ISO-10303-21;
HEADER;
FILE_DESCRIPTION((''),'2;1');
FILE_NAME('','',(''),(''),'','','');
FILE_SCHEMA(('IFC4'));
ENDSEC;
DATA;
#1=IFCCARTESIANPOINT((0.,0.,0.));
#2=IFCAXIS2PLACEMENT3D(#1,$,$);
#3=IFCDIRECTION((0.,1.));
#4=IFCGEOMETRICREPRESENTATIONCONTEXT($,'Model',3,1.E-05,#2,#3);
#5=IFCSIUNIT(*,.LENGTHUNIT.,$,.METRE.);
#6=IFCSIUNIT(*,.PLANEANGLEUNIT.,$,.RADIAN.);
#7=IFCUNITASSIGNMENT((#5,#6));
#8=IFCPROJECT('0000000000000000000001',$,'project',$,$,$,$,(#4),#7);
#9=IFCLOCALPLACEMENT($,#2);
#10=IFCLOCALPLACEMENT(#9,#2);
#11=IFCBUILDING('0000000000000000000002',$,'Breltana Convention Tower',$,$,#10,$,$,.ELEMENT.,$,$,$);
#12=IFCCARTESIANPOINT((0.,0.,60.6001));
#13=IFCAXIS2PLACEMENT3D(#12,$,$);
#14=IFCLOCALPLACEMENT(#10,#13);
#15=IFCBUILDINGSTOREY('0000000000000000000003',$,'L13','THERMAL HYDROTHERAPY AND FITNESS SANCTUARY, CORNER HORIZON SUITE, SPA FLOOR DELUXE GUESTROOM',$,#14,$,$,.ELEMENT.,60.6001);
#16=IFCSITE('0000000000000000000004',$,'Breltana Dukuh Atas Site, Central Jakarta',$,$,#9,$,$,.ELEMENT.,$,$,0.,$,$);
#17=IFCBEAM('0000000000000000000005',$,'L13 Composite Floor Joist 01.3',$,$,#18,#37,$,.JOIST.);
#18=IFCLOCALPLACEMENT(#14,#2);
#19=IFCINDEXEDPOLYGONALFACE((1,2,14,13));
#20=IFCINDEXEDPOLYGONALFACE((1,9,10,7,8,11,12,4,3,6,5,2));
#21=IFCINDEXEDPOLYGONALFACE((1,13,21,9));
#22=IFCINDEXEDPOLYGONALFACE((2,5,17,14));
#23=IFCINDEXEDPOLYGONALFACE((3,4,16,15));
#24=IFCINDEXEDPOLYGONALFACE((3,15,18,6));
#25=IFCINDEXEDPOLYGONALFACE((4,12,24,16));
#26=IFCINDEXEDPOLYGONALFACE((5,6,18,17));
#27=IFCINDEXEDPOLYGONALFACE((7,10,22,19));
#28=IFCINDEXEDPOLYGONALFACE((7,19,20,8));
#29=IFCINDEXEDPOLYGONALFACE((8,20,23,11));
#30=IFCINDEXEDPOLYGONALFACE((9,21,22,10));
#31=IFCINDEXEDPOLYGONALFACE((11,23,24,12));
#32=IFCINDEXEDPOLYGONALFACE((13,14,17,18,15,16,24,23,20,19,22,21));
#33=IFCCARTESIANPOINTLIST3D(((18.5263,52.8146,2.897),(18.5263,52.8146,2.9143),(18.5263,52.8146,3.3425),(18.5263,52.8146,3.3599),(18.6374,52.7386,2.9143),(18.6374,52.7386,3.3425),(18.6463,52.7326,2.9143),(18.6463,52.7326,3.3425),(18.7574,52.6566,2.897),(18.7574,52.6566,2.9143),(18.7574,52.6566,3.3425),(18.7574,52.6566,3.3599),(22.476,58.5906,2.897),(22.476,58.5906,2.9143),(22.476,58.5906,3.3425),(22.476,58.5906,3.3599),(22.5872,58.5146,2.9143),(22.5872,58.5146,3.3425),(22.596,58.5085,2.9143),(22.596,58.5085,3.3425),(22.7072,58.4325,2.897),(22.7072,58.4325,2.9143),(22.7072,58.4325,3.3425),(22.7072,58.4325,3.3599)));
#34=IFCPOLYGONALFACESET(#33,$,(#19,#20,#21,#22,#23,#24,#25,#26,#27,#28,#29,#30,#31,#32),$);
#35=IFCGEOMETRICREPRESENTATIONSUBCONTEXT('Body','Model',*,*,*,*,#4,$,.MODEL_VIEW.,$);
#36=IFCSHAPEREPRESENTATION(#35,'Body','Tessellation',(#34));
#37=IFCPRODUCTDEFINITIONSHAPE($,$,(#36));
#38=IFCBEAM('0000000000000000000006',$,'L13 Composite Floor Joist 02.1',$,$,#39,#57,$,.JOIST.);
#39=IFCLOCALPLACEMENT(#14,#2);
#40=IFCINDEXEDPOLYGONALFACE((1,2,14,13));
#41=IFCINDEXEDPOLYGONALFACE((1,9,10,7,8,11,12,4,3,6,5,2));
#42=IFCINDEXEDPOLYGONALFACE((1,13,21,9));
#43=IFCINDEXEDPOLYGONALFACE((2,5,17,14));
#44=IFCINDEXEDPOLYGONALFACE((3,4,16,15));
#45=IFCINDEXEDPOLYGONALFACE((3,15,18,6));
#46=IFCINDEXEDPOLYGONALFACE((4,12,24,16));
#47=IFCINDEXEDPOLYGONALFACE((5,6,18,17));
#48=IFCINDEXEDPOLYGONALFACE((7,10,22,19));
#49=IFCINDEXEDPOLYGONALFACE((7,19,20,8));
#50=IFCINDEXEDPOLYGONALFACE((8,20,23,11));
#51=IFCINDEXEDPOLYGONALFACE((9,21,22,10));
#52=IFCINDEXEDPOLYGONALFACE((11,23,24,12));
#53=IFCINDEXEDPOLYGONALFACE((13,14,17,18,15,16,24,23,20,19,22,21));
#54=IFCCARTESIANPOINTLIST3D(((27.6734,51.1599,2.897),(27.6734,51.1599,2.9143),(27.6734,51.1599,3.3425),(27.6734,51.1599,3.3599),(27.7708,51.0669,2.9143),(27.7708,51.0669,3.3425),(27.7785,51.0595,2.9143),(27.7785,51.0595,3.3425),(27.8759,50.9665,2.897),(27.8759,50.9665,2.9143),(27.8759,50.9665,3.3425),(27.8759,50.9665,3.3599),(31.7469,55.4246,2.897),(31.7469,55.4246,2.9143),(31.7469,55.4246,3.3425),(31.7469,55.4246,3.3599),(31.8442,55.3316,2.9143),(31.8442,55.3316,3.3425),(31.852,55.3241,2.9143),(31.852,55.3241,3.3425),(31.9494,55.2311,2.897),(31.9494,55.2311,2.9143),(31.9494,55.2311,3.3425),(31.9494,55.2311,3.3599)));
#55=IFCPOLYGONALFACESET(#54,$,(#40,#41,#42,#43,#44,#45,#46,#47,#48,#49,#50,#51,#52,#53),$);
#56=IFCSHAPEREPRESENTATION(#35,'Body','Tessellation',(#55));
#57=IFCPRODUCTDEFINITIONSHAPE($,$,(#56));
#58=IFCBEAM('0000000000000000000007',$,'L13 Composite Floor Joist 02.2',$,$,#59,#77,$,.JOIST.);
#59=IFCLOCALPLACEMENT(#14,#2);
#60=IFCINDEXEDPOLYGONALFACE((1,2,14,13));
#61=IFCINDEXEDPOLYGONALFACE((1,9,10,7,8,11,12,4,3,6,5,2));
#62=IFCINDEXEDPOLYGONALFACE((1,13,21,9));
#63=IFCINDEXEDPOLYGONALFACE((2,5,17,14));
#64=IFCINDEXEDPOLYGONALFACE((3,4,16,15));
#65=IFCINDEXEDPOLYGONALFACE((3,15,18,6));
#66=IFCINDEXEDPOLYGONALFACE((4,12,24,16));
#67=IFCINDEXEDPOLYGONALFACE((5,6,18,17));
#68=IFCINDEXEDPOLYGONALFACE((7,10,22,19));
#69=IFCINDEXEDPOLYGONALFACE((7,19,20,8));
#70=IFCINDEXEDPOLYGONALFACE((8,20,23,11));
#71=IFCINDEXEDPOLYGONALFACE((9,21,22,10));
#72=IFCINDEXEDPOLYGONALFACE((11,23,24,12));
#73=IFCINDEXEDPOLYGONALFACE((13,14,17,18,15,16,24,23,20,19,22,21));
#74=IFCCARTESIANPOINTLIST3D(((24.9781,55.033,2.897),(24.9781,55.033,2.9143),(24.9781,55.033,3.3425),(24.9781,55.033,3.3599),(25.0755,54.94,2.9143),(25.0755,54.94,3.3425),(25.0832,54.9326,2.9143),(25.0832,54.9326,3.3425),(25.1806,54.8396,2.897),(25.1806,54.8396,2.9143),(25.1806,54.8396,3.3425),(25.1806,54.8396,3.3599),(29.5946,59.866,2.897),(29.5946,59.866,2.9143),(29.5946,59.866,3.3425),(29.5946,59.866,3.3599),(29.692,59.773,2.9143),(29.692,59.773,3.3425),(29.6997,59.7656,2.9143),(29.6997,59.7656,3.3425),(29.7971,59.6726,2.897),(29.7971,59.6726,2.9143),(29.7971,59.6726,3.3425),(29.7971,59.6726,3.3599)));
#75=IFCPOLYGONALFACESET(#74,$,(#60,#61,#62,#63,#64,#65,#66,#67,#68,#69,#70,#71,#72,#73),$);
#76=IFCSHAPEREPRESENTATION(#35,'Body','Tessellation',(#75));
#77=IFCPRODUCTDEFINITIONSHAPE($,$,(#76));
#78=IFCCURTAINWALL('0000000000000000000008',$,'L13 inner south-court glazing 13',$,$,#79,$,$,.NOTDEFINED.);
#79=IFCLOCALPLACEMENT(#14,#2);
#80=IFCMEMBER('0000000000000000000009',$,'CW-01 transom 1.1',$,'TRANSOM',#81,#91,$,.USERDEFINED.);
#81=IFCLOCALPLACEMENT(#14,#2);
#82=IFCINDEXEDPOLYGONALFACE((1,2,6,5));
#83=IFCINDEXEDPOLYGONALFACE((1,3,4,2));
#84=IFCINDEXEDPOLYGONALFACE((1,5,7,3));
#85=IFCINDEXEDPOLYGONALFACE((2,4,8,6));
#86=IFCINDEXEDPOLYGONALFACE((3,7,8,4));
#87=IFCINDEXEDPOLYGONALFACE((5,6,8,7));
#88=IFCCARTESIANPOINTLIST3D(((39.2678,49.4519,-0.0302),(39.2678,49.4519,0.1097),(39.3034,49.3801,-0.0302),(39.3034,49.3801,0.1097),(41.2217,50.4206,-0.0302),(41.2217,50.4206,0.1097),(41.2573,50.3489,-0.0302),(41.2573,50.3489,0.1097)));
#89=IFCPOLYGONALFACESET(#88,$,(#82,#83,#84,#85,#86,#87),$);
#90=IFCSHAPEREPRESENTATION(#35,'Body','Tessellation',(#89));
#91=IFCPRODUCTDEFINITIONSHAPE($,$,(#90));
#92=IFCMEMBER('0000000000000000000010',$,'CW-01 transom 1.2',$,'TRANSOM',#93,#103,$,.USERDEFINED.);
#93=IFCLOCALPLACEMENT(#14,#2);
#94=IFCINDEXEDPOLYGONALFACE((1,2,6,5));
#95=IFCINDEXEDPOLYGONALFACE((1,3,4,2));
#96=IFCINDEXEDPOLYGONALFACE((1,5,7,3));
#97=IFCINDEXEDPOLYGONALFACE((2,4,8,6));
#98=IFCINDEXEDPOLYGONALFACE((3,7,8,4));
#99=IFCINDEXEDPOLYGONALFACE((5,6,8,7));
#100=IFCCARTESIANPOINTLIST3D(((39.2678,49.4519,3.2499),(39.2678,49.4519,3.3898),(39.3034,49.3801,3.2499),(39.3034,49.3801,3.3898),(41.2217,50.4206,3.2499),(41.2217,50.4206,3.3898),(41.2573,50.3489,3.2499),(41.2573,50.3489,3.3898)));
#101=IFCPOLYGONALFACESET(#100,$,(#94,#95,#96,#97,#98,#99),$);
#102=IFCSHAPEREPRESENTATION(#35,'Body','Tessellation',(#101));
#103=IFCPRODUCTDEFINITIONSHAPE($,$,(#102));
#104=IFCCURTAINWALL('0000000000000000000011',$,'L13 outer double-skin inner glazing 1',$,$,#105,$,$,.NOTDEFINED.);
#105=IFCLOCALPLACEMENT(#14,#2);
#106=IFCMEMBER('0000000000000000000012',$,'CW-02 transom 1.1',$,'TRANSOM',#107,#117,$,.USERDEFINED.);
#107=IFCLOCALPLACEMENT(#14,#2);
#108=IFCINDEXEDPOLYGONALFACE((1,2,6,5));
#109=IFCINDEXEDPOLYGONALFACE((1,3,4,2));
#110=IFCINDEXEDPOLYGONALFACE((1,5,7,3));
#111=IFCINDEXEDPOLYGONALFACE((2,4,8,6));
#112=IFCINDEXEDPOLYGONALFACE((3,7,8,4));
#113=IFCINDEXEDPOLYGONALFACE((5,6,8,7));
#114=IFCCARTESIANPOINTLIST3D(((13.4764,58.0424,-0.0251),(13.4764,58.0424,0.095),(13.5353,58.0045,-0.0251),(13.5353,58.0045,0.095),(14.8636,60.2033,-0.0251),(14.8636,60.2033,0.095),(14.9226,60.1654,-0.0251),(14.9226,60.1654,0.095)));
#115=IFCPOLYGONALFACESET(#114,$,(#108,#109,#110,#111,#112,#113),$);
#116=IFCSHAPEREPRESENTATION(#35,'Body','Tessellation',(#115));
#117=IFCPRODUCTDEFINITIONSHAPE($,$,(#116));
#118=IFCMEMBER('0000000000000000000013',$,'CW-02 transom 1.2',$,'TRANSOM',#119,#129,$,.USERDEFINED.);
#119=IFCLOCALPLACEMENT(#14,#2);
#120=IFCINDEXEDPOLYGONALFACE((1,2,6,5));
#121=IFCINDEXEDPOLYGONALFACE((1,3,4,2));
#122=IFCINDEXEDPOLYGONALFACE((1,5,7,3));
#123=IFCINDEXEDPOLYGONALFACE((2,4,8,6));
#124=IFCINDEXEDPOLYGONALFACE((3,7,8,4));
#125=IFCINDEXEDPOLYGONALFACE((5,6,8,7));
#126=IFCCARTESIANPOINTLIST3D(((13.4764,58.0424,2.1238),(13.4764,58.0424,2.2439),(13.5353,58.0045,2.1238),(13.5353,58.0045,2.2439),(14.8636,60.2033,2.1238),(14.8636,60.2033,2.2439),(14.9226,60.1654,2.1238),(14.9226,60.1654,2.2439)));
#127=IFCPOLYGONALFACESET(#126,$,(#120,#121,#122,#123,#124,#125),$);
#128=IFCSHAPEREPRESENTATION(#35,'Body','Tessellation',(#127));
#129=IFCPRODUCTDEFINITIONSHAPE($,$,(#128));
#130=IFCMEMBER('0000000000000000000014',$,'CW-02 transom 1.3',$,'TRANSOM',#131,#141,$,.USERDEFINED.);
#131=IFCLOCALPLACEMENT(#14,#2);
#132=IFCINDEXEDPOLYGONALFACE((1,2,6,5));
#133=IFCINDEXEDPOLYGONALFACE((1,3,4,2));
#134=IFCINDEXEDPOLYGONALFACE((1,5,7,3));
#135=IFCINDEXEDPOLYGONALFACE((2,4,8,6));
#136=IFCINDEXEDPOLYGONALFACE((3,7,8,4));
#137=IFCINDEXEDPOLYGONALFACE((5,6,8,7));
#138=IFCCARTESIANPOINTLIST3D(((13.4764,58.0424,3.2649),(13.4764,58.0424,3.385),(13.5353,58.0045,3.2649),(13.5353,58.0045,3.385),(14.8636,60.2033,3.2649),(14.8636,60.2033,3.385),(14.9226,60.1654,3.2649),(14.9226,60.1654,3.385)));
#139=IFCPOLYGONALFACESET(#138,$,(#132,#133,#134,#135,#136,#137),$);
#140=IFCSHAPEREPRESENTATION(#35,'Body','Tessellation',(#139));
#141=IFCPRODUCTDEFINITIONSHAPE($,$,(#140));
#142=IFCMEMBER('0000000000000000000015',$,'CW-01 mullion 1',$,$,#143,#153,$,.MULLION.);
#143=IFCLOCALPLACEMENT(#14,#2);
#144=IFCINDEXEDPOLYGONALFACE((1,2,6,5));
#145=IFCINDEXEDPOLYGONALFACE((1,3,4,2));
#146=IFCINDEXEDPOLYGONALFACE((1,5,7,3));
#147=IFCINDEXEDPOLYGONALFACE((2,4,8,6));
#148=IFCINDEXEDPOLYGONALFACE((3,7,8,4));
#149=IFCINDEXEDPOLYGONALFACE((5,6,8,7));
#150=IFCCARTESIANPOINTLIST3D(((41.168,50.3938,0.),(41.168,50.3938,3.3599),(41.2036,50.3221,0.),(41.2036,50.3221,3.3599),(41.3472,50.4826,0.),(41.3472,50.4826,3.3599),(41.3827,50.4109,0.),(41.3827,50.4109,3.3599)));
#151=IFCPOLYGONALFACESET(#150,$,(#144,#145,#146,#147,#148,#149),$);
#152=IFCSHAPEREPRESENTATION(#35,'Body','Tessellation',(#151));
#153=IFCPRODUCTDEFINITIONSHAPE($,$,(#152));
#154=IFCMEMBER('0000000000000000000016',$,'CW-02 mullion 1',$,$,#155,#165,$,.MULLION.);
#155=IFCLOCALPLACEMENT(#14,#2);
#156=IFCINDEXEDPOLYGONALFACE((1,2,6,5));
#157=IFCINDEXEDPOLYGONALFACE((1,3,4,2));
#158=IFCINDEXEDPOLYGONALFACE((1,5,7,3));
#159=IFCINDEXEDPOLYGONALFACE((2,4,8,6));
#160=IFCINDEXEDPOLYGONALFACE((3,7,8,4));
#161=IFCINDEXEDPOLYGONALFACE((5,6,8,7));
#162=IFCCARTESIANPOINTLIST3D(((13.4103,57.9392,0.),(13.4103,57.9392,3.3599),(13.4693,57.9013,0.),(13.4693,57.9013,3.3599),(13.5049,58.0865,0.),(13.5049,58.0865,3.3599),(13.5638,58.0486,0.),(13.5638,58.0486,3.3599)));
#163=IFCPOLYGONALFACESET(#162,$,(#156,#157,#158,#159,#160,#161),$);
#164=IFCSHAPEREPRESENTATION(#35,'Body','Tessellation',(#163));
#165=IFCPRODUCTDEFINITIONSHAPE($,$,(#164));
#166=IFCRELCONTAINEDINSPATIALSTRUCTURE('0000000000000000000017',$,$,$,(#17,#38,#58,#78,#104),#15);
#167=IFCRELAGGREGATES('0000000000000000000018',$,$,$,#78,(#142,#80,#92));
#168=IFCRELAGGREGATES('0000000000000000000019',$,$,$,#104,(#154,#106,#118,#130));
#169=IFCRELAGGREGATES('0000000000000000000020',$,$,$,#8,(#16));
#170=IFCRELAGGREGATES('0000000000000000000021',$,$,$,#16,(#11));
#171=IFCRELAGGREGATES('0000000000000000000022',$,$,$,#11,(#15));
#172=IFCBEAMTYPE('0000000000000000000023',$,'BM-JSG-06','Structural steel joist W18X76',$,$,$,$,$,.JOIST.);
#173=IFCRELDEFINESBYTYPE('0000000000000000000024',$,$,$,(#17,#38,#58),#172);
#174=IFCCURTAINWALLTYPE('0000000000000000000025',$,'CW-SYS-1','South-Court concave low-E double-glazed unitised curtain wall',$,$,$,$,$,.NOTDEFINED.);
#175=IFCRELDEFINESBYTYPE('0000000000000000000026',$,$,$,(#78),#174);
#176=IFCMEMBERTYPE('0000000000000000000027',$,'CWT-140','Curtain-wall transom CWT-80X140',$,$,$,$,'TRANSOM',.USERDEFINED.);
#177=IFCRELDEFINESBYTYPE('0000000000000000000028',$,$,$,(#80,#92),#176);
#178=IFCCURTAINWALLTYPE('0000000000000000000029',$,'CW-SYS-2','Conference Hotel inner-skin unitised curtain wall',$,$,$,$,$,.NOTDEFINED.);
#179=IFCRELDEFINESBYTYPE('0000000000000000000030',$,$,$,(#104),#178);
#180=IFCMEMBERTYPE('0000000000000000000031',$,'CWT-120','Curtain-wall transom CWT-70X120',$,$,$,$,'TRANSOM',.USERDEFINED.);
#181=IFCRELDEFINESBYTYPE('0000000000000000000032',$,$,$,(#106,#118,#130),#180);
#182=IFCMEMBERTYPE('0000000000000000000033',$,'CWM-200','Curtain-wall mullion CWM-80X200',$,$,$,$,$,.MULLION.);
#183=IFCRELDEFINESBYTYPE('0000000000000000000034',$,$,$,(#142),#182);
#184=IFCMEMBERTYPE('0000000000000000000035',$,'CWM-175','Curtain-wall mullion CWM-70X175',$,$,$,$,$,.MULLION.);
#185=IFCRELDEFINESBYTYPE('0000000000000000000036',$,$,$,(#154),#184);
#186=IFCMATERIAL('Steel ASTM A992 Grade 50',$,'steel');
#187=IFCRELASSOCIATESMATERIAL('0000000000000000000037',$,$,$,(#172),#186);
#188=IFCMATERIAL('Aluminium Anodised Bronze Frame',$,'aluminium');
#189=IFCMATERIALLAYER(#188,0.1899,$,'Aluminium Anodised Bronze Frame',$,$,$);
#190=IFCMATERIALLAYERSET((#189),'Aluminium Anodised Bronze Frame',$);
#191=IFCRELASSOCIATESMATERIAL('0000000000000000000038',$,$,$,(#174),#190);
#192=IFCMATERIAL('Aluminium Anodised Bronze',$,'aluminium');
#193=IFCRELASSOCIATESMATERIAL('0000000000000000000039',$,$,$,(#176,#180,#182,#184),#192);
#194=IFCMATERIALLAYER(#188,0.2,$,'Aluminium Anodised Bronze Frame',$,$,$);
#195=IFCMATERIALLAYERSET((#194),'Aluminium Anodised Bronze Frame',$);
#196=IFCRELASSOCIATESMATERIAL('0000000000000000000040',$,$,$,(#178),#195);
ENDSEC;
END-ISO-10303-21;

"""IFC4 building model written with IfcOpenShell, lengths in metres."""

from ifc_helpers import new_model, si_unit, direction, frame, origin, origin_2d, place, context, subcontext, project, spatial, rectangle, i_section, extrude, source, transform, mapped, material, layer, layer_set, material_profile, profile_set, type_object, type_shapes, element, aggregate, save


model = new_model("IFC4")

# Units and contexts
model_context = context("Model", 3, precision=1e-05, world=origin(), true_north=direction((0.0, 1.0)))
body_context = subcontext(model_context, "Body", "Model", "MODEL_VIEW")
ifc_project = project(units=[si_unit("LENGTHUNIT", "METRE"), si_unit("PLANEANGLEUNIT", "RADIAN")], contexts=[model_context])

# Site, building, storey
site_placement = place(None, origin())
site = spatial("IfcSite", under=ifc_project, at=site_placement, Name="Breltana Dukuh Atas Site, Central Jakarta", CompositionType="ELEMENT", RefElevation=0.0)
building_placement = place(site_placement, origin())
building = spatial("IfcBuilding", under=site, at=building_placement, Name="Breltana Convention Tower", CompositionType="ELEMENT")
storey_placement = place(building_placement, frame((0.0, 0.0, 60.6001)))
storey = spatial("IfcBuildingStorey", under=building, at=storey_placement, Name="L13", Description="THERMAL HYDROTHERAPY AND FITNESS SANCTUARY, CORNER HORIZON SUITE, SPA FLOOR DELUXE GUESTROOM", CompositionType="ELEMENT", Elevation=60.6001)

# Beams
ifc_material_1 = material(Name="Steel ASTM A992 Grade 50", Category="steel")
ifc_material_profile_1 = material_profile(ifc_material_1, i_section(OverallWidth=0.28, OverallDepth=0.4629, WebThickness=0.0107, FlangeThickness=0.0173, at=origin_2d()), Name="W18X76")
ifc_profile_set_1 = profile_set([ifc_material_profile_1], Name="Steel ASTM A992 Grade 50")
beam_type_1 = type_object("IfcBeamType", Name="BM-JSG-06", Description="Structural steel joist W18X76", PredefinedType="JOIST", material=ifc_profile_set_1)
shared_shape_1 = source(origin(), body_context, "Body", "SweptSolid", [
    extrude(i_section(OverallWidth=0.28, OverallDepth=0.4629, WebThickness=0.0107, FlangeThickness=0.0173, at=origin_2d()), origin(), (0.0, 0.0, 1.0), 6.9973),
])
beam_1_placement = place(storey_placement, frame((18.6418, 52.7356, 3.1284), z_axis=(0.564469, 0.825454, 0.0), x_axis=(-0.825454, 0.564469, 0.0)))
element("IfcBeam", 1, at=beam_1_placement, inside=storey, type_object=beam_type_1, Name="L13 Composite Floor Joist 01.3", PredefinedType="JOIST", context=body_context, shape_type="MappedRepresentation", body=[
    mapped(shared_shape_1, transform((0.0, 0.0, 0.0), scale=1.0)),
])
shared_shape_2 = source(origin(), body_context, "Body", "SweptSolid", [
    extrude(i_section(OverallWidth=0.28, OverallDepth=0.4629, WebThickness=0.0107, FlangeThickness=0.0173, at=origin_2d()), origin(), (0.0, 0.0, 1.0), 5.8975),
])
beam_2_placement = place(storey_placement, frame((27.7747, 51.0632, 3.1284), z_axis=(0.690714, 0.723128, 0.0), x_axis=(-0.723128, 0.690714, 0.0)))
element("IfcBeam", 2, at=beam_2_placement, inside=storey, type_object=beam_type_1, Name="L13 Composite Floor Joist 02.1", PredefinedType="JOIST", context=body_context, shape_type="MappedRepresentation", body=[
    mapped(shared_shape_2, transform((0.0, 0.0, 0.0), scale=1.0)),
])
shared_shape_3 = source(origin(), body_context, "Body", "SweptSolid", [
    extrude(i_section(OverallWidth=0.28, OverallDepth=0.4629, WebThickness=0.0107, FlangeThickness=0.0173, at=origin_2d()), origin(), (0.0, 0.0, 1.0), 6.6836),
])
beam_3_placement = place(storey_placement, frame((25.0793, 54.9363, 3.1284), z_axis=(0.690721, 0.723122, 0.0), x_axis=(-0.723122, 0.690721, 0.0)))
element("IfcBeam", 3, at=beam_3_placement, inside=storey, type_object=beam_type_1, Name="L13 Composite Floor Joist 02.2", PredefinedType="JOIST", context=body_context, shape_type="MappedRepresentation", body=[
    mapped(shared_shape_3, transform((0.0, 0.0, 0.0), scale=1.0)),
])

# Curtain walls, members
ifc_material_2 = material(Name="Aluminium Anodised Bronze Frame", Category="aluminium")
ifc_layer_1 = layer(ifc_material_2, 0.1899, Name="Aluminium Anodised Bronze Frame")
ifc_layer_set_1 = layer_set([ifc_layer_1], Name="Aluminium Anodised Bronze Frame")
curtain_wall_type_1 = type_object("IfcCurtainWallType", Name="CW-SYS-1", Description="South-Court concave low-E double-glazed unitised curtain wall", PredefinedType="NOTDEFINED", material=ifc_layer_set_1)
curtain_wall_1_placement = place(storey_placement, origin())
curtain_wall_1 = element("IfcCurtainWall", 4, at=curtain_wall_1_placement, inside=storey, type_object=curtain_wall_type_1, Name="L13 inner south-court glazing 13", PredefinedType="NOTDEFINED")
ifc_material_3 = material(Name="Aluminium Anodised Bronze", Category="aluminium")
ifc_material_profile_2 = material_profile(ifc_material_3, rectangle(XDim=0.0801, YDim=0.1399, at=origin_2d()), Name="CWT-80X140")
ifc_profile_set_2 = profile_set([ifc_material_profile_2], Name="Aluminium Anodised Bronze")
member_type_1 = type_object("IfcMemberType", Name="CWT-140", Description="Curtain-wall transom CWT-80X140", ElementType="TRANSOM", PredefinedType="USERDEFINED", material=ifc_profile_set_2)
shared_shape_4 = source(origin(), body_context, "Body", "SweptSolid", [
    extrude(rectangle(XDim=0.0801, YDim=0.1399, at=origin_2d()), origin(), (0.0, 0.0, 1.0), 2.1809),
])
member_1_placement = place(storey_placement, frame((41.2395, 50.3848, 0.0398), z_axis=(-0.895922, -0.444211, 0.0), x_axis=(0.444211, -0.895922, 0.0)))
member_1 = element("IfcMember", 5, at=member_1_placement, type_object=member_type_1, Name="CW-01 transom 1.1", ObjectType="TRANSOM", PredefinedType="USERDEFINED", context=body_context, shape_type="MappedRepresentation", body=[
    mapped(shared_shape_4, transform((0.0, 0.0, 0.0), scale=1.0)),
])
member_2_placement = place(storey_placement, frame((41.2395, 50.3848, 3.3198), z_axis=(-0.895922, -0.444211, 0.0), x_axis=(0.444211, -0.895922, 0.0)))
member_2 = element("IfcMember", 6, at=member_2_placement, type_object=member_type_1, Name="CW-01 transom 1.2", ObjectType="TRANSOM", PredefinedType="USERDEFINED", context=body_context, shape_type="MappedRepresentation", body=[
    mapped(shared_shape_4, transform((0.0, 0.0, 0.0), scale=1.0)),
])
ifc_layer_2 = layer(ifc_material_2, 0.2, Name="Aluminium Anodised Bronze Frame")
ifc_layer_set_2 = layer_set([ifc_layer_2], Name="Aluminium Anodised Bronze Frame")
curtain_wall_type_2 = type_object("IfcCurtainWallType", Name="CW-SYS-2", Description="Conference Hotel inner-skin unitised curtain wall", PredefinedType="NOTDEFINED", material=ifc_layer_set_2)
curtain_wall_2_placement = place(storey_placement, origin())
curtain_wall_2 = element("IfcCurtainWall", 7, at=curtain_wall_2_placement, inside=storey, type_object=curtain_wall_type_2, Name="L13 outer double-skin inner glazing 1", PredefinedType="NOTDEFINED")
ifc_material_profile_3 = material_profile(ifc_material_3, rectangle(XDim=0.0701, YDim=0.1201, at=origin_2d()), Name="CWT-70X120")
ifc_profile_set_3 = profile_set([ifc_material_profile_3], Name="Aluminium Anodised Bronze")
member_type_2 = type_object("IfcMemberType", Name="CWT-120", Description="Curtain-wall transom CWT-70X120", ElementType="TRANSOM", PredefinedType="USERDEFINED", material=ifc_profile_set_3)
shared_shape_5 = source(origin(), body_context, "Body", "SweptSolid", [
    extrude(rectangle(XDim=0.0701, YDim=0.1201, at=origin_2d()), origin(), (0.0, 0.0, 1.0), 2.5679),
])
type_shapes(member_type_2, [shared_shape_5])
member_3_placement = place(storey_placement, frame((13.5059, 58.0234, 0.0349), z_axis=(0.540224, 0.841521, 0.0), x_axis=(-0.841521, 0.540224, 0.0)))
member_3 = element("IfcMember", 8, at=member_3_placement, type_object=member_type_2, Name="CW-02 transom 1.1", ObjectType="TRANSOM", PredefinedType="USERDEFINED", context=body_context, shape_type="MappedRepresentation", body=[
    mapped(shared_shape_5, transform((0.0, 0.0, 0.0), scale=1.0)),
])
member_4_placement = place(storey_placement, frame((13.5059, 58.0234, 2.1838), z_axis=(0.540224, 0.841521, 0.0), x_axis=(-0.841521, 0.540224, 0.0)))
member_4 = element("IfcMember", 9, at=member_4_placement, type_object=member_type_2, Name="CW-02 transom 1.2", ObjectType="TRANSOM", PredefinedType="USERDEFINED", context=body_context, shape_type="MappedRepresentation", body=[
    mapped(shared_shape_5, transform((0.0, 0.0, 0.0), scale=1.0)),
])
member_5_placement = place(storey_placement, frame((13.5059, 58.0234, 3.325), z_axis=(0.540224, 0.841521, 0.0), x_axis=(-0.841521, 0.540224, 0.0)))
member_5 = element("IfcMember", 10, at=member_5_placement, type_object=member_type_2, Name="CW-02 transom 1.3", ObjectType="TRANSOM", PredefinedType="USERDEFINED", context=body_context, shape_type="MappedRepresentation", body=[
    mapped(shared_shape_5, transform((0.0, 0.0, 0.0), scale=1.0)),
])

# Members
ifc_material_profile_4 = material_profile(ifc_material_3, rectangle(XDim=0.0801, YDim=0.2, at=origin_2d()), Name="CWM-80X200")
ifc_profile_set_4 = profile_set([ifc_material_profile_4], Name="Aluminium Anodised Bronze")
member_type_3 = type_object("IfcMemberType", Name="CWM-200", Description="Curtain-wall mullion CWM-80X200", PredefinedType="MULLION", material=ifc_profile_set_4)
shared_shape_6 = source(origin(), body_context, "Body", "SweptSolid", [
    extrude(rectangle(XDim=0.0801, YDim=0.2, at=origin_2d()), origin(), (0.0, 0.0, 1.0), 3.3599),
])
member_6_placement = place(storey_placement, frame((41.2754, 50.4023, 0.0), z_axis=(0.0, 0.0, 1.0), x_axis=(0.444118, -0.895968, 0.0)))
member_6 = element("IfcMember", 11, at=member_6_placement, type_object=member_type_3, Name="CW-01 mullion 1", PredefinedType="MULLION", context=body_context, shape_type="MappedRepresentation", body=[
    mapped(shared_shape_6, transform((0.0, 0.0, 0.0), scale=1.0)),
])
aggregate(curtain_wall_1, [member_6, member_1, member_2])
ifc_material_profile_5 = material_profile(ifc_material_3, rectangle(XDim=0.0701, YDim=0.175, at=origin_2d()), Name="CWM-70X175")
ifc_profile_set_5 = profile_set([ifc_material_profile_5], Name="Aluminium Anodised Bronze")
member_type_4 = type_object("IfcMemberType", Name="CWM-175", Description="Curtain-wall mullion CWM-70X175", PredefinedType="MULLION", material=ifc_profile_set_5)
shared_shape_7 = source(origin(), body_context, "Body", "SweptSolid", [
    extrude(rectangle(XDim=0.0701, YDim=0.175, at=origin_2d()), origin(), (0.0, 0.0, 1.0), 3.3599),
])
member_7_placement = place(storey_placement, frame((13.4871, 57.9939, 0.0), z_axis=(0.0, 0.0, 1.0), x_axis=(-0.841549, 0.540181, 0.0)))
member_7 = element("IfcMember", 12, at=member_7_placement, type_object=member_type_4, Name="CW-02 mullion 1", PredefinedType="MULLION", context=body_context, shape_type="MappedRepresentation", body=[
    mapped(shared_shape_7, transform((0.0, 0.0, 0.0), scale=1.0)),
])
aggregate(curtain_wall_2, [member_7, member_3, member_4, member_5])

save(model, "model.ifc")
